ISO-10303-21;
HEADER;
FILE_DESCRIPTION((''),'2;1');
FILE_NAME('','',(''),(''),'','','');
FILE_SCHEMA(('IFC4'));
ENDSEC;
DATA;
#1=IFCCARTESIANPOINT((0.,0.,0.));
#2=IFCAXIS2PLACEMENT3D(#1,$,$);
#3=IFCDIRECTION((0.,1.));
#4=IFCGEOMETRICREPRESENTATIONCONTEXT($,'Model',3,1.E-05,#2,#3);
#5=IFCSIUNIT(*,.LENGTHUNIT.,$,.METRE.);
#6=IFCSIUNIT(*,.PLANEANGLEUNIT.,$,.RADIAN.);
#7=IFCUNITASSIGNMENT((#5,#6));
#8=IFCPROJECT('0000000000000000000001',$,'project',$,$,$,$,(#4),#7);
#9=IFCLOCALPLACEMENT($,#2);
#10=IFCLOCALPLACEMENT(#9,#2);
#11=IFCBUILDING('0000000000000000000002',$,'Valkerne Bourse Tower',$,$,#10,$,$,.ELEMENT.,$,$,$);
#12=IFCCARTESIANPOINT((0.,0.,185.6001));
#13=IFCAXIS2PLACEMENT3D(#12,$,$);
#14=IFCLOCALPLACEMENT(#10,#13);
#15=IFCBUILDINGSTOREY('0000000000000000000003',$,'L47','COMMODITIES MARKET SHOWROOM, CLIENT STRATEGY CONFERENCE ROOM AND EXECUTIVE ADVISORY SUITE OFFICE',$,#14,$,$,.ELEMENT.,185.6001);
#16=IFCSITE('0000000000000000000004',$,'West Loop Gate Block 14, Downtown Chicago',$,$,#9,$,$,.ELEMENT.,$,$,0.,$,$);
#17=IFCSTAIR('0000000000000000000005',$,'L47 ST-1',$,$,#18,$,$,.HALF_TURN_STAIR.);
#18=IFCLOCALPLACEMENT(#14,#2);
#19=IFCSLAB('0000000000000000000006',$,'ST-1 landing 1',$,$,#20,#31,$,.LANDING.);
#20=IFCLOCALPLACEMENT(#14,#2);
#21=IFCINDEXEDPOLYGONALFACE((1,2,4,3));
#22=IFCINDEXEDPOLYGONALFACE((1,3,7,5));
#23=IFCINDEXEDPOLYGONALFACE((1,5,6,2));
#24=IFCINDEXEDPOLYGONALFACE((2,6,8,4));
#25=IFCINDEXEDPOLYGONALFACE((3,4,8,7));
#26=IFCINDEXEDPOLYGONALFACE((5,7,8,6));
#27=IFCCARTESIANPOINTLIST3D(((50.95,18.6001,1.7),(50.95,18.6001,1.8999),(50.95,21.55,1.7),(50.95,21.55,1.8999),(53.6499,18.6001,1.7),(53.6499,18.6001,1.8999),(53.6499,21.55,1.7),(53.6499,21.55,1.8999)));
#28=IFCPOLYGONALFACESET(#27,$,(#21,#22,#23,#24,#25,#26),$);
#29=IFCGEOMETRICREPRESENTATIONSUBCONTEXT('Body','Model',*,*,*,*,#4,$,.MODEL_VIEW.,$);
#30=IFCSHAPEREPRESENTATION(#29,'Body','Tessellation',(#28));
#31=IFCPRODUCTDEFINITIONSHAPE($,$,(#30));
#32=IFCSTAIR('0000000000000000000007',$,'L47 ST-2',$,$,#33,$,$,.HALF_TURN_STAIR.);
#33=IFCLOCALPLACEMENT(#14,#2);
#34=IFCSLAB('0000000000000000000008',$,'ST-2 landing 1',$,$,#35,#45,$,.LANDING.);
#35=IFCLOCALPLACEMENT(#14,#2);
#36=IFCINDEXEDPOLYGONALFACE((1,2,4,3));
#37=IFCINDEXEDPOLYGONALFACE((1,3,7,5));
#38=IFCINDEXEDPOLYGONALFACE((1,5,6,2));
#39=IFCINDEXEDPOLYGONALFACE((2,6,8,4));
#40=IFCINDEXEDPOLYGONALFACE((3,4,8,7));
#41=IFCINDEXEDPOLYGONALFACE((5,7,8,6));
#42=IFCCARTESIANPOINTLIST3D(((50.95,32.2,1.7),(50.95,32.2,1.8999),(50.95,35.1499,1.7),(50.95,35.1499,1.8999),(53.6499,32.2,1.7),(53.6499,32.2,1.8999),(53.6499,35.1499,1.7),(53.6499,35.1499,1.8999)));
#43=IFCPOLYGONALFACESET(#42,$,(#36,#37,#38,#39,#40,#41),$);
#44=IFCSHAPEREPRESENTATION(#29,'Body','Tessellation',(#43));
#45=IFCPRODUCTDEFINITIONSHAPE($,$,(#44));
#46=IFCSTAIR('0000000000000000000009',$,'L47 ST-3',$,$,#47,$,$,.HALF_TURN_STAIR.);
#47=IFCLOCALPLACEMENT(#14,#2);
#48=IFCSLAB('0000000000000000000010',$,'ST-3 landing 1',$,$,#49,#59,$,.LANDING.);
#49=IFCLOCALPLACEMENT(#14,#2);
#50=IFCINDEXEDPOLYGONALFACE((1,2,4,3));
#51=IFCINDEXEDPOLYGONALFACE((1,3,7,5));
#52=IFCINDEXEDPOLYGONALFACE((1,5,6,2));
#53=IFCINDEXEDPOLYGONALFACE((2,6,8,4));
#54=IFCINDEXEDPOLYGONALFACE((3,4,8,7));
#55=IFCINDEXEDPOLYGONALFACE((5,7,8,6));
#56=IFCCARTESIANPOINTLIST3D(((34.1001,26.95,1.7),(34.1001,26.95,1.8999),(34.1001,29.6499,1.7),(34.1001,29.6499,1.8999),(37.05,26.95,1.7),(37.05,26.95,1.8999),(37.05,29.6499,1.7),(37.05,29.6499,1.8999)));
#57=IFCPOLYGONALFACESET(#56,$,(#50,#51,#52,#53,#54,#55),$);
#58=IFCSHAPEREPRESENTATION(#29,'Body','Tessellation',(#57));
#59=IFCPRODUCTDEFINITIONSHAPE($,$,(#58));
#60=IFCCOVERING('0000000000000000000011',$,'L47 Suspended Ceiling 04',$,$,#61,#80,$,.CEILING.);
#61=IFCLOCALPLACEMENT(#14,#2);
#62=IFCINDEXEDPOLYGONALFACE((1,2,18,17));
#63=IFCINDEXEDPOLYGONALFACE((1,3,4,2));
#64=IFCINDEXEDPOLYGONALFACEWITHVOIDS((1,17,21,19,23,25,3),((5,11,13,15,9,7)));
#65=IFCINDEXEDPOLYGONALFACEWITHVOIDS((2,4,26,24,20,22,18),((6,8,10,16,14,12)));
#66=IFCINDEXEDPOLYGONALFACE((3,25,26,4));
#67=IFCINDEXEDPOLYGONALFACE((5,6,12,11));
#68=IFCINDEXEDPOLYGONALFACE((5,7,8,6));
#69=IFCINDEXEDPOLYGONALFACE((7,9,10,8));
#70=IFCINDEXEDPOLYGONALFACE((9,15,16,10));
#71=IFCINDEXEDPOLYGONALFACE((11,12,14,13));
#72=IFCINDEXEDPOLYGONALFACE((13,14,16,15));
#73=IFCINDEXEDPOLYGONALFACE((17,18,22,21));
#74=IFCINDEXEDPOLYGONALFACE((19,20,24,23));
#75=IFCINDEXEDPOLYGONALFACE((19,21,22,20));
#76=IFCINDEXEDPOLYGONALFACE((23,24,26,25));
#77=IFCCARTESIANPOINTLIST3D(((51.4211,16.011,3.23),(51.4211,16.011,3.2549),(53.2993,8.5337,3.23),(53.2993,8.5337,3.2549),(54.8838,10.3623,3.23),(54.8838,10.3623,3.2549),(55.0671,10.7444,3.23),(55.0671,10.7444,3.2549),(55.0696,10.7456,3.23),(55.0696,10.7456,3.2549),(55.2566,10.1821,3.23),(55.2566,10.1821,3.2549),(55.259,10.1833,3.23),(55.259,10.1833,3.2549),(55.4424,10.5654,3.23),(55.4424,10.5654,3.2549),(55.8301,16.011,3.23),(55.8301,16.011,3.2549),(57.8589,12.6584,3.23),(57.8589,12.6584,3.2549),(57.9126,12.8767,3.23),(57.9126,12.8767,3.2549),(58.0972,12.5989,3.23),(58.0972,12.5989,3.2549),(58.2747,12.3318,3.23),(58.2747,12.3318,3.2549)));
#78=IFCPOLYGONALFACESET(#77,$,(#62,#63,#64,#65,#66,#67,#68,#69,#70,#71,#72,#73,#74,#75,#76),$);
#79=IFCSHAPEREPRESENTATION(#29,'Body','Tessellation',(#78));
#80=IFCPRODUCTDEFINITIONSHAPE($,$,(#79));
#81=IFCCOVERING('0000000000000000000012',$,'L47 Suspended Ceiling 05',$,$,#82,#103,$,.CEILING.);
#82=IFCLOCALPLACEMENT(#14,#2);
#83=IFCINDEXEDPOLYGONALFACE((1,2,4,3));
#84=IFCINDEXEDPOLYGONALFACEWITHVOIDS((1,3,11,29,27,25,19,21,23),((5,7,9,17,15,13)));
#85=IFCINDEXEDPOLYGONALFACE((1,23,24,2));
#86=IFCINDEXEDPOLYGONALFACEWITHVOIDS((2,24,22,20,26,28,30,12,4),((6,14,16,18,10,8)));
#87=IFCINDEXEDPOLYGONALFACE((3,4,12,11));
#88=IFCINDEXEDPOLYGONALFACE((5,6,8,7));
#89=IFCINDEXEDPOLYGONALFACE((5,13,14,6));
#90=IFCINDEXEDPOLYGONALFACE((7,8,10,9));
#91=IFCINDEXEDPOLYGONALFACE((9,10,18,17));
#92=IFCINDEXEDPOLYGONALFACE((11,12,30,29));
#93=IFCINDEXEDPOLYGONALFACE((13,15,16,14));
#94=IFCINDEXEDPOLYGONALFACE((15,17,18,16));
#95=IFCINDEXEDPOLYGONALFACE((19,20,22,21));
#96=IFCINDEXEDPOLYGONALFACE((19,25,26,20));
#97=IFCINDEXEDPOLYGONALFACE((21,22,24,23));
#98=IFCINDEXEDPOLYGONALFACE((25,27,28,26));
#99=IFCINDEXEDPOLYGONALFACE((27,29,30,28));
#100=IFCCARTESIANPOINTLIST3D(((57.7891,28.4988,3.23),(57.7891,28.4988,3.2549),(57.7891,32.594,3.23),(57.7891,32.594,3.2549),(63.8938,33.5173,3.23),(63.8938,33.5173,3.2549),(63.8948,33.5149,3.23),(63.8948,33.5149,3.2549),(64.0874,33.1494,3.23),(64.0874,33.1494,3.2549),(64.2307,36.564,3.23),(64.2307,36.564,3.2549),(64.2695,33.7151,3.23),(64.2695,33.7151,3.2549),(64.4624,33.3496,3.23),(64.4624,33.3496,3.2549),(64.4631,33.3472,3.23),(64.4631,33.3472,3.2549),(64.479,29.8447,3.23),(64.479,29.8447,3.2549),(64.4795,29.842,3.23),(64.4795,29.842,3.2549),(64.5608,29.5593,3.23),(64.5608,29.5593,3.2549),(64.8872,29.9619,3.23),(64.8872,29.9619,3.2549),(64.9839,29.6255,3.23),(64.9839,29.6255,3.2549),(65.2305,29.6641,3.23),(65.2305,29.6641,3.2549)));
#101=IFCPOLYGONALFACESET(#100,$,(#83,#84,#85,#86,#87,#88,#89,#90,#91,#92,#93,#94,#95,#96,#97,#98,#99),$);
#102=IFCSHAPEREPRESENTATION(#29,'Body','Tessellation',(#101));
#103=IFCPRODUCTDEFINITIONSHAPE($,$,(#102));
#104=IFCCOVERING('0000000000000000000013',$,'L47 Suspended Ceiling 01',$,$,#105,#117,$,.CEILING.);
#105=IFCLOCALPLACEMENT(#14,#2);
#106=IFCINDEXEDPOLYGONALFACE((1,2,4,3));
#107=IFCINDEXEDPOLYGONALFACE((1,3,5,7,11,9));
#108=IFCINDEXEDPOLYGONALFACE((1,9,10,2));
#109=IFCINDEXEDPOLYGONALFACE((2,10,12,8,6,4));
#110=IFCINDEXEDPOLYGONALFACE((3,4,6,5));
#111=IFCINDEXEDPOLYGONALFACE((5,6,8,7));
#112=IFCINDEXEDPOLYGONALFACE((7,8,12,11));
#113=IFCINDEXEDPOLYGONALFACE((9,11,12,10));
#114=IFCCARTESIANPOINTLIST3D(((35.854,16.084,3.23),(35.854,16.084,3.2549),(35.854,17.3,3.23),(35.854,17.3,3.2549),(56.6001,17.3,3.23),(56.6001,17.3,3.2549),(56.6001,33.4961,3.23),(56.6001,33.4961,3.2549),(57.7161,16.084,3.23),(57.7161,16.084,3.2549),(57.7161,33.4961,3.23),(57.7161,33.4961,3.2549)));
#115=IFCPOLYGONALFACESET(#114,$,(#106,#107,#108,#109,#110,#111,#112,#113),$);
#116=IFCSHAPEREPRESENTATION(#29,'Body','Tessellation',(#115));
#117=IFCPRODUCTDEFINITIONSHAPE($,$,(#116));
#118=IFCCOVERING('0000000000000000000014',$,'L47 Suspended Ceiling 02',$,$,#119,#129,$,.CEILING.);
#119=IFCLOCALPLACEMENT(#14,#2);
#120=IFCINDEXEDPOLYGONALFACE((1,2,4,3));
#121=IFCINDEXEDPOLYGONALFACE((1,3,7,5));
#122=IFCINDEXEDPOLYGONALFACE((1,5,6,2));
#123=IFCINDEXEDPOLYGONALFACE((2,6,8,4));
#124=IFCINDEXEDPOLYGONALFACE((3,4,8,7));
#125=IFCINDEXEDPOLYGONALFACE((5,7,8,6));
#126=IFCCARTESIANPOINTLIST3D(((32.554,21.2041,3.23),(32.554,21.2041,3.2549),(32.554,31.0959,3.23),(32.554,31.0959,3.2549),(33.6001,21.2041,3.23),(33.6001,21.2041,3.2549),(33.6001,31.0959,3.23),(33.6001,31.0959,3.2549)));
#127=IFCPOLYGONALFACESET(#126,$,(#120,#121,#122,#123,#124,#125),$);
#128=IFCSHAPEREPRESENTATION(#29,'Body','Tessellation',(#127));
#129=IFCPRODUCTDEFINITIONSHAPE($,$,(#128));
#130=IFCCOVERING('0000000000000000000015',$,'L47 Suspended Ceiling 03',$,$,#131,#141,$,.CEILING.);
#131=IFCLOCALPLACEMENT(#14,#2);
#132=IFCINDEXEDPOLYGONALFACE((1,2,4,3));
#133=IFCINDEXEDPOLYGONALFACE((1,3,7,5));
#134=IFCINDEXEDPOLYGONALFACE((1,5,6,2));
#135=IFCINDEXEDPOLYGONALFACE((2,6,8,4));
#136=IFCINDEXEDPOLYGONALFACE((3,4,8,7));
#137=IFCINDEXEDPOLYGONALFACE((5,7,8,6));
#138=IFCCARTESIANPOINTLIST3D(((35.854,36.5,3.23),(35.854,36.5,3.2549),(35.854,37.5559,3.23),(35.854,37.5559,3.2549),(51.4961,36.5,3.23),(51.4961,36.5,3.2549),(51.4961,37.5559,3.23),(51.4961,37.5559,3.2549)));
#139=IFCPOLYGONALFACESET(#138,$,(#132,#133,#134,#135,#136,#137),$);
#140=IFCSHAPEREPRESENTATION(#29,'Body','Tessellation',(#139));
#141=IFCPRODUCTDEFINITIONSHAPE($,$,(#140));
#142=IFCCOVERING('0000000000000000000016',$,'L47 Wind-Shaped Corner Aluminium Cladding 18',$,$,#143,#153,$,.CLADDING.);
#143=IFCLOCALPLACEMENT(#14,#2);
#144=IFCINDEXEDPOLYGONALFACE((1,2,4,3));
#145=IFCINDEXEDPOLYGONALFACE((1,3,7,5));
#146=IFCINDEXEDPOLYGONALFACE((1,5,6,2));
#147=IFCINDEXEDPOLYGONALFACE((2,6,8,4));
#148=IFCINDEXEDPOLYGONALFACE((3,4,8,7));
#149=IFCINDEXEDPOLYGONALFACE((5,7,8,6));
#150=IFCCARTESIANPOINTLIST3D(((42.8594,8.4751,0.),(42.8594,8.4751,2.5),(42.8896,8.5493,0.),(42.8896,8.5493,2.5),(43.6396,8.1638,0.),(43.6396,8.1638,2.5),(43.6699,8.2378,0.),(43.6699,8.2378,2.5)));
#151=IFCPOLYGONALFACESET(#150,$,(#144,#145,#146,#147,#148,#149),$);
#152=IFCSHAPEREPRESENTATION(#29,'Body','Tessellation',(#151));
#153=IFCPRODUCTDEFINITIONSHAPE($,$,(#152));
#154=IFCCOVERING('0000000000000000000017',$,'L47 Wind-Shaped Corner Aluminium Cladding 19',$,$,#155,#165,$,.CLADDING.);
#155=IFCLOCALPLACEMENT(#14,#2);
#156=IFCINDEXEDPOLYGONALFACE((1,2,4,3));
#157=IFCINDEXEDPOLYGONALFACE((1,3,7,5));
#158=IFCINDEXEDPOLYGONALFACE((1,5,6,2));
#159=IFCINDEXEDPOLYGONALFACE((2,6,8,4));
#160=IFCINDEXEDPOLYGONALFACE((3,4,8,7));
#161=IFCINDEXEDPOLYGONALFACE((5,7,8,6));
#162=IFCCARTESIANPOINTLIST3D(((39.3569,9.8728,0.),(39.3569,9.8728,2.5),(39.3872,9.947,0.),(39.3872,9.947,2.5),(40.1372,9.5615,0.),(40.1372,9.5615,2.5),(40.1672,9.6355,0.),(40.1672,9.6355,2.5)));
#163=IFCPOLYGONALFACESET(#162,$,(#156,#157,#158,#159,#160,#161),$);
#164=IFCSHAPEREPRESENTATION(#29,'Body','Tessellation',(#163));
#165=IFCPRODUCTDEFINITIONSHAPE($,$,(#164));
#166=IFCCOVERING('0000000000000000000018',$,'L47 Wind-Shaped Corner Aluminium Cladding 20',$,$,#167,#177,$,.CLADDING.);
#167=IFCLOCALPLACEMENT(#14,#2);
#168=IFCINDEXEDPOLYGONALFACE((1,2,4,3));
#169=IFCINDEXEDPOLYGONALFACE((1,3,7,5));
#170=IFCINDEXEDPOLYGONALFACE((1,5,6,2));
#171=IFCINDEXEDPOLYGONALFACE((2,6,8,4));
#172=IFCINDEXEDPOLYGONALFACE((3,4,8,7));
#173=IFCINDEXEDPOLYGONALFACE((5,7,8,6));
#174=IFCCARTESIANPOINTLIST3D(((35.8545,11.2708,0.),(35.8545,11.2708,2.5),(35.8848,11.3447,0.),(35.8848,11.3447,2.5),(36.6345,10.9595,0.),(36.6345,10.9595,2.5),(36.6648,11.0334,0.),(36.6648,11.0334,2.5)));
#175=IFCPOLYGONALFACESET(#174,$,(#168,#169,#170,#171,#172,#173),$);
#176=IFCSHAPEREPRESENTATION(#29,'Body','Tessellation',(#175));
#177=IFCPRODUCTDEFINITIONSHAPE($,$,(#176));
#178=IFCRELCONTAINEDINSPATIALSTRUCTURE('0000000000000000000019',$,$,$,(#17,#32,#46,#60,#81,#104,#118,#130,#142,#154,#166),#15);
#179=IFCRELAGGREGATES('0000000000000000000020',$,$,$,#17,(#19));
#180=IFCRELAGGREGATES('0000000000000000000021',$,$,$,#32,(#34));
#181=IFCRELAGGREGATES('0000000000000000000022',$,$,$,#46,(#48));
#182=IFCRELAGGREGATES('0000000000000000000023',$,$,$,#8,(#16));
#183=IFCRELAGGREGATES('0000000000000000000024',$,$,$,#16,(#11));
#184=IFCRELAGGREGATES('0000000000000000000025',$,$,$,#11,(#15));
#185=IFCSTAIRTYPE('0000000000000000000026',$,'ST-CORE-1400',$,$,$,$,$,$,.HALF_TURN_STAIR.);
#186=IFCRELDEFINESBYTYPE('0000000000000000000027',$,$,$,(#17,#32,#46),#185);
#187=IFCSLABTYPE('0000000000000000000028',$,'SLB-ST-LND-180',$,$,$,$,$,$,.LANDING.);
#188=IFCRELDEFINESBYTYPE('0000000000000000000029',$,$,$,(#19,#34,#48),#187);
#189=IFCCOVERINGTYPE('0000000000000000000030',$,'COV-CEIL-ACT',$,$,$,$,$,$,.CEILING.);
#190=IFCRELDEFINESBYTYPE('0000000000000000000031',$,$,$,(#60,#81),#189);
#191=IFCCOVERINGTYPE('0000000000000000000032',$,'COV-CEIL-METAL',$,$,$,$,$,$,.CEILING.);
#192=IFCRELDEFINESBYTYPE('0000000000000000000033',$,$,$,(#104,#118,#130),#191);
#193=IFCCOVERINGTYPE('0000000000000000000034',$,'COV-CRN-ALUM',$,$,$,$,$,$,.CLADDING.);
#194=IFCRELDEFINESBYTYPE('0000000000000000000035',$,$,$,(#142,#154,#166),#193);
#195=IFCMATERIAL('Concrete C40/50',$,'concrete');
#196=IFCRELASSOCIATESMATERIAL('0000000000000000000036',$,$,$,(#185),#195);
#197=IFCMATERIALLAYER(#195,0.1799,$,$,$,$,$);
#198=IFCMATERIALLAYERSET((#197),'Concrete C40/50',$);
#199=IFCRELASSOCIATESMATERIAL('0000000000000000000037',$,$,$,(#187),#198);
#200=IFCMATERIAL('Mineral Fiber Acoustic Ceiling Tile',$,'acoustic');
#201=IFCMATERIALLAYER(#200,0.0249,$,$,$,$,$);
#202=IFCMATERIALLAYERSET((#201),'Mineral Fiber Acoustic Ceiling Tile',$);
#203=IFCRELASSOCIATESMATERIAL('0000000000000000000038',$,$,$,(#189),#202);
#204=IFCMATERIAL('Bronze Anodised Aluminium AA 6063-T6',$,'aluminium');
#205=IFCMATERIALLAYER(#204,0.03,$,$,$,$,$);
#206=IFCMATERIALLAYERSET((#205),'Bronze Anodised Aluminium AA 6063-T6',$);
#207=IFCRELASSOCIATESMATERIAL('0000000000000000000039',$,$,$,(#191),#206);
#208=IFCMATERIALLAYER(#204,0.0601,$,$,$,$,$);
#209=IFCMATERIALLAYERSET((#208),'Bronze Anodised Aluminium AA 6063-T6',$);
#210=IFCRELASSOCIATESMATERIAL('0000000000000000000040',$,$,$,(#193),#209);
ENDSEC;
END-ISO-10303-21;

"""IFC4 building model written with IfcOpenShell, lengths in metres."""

from ifc_helpers import new_model, si_unit, direction, frame, origin, place, context, subcontext, project, spatial, polyline, outline, extrude, material, layer, layer_set, type_object, element, aggregate, save


model = new_model("IFC4")

# Units and contexts
model_context = context("Model", 3, precision=1e-05, world=origin(), true_north=direction((0.0, 1.0)))
body_context = subcontext(model_context, "Body", "Model", "MODEL_VIEW")
ifc_project = project(units=[si_unit("LENGTHUNIT", "METRE"), si_unit("PLANEANGLEUNIT", "RADIAN")], contexts=[model_context])

# Site, building, storey
site_placement = place(None, origin())
site = spatial("IfcSite", under=ifc_project, at=site_placement, Name="West Loop Gate Block 14, Downtown Chicago", CompositionType="ELEMENT", RefElevation=0.0)
building_placement = place(site_placement, origin())
building = spatial("IfcBuilding", under=site, at=building_placement, Name="Valkerne Bourse Tower", CompositionType="ELEMENT")
storey_placement = place(building_placement, frame((0.0, 0.0, 185.6001)))
storey = spatial("IfcBuildingStorey", under=building, at=storey_placement, Name="L47", Description="COMMODITIES MARKET SHOWROOM, CLIENT STRATEGY CONFERENCE ROOM AND EXECUTIVE ADVISORY SUITE OFFICE", CompositionType="ELEMENT", Elevation=185.6001)

# Stairs, slabs
ifc_material_1 = material(Name="Concrete C40/50", Category="concrete")
stair_type = type_object("IfcStairType", Name="ST-CORE-1400", PredefinedType="HALF_TURN_STAIR", material=ifc_material_1)
stair_1_placement = place(storey_placement, origin())
stair_1 = element("IfcStair", 1, at=stair_1_placement, inside=storey, type_object=stair_type, Name="L47 ST-1", PredefinedType="HALF_TURN_STAIR")
ifc_layer_1 = layer(ifc_material_1, 0.1799)
ifc_layer_set_1 = layer_set([ifc_layer_1], Name="Concrete C40/50")
slab_type = type_object("IfcSlabType", Name="SLB-ST-LND-180", PredefinedType="LANDING", material=ifc_layer_set_1)
slab_1_placement = place(storey_placement, frame((0.0, 0.0, 1.7)))
slab_1 = element("IfcSlab", 2, at=slab_1_placement, type_object=slab_type, Name="ST-1 landing 1", PredefinedType="LANDING", context=body_context, shape_type="SweptSolid", body=[
    extrude(outline(polyline([(50.95, 18.6001), (53.6499, 18.6001), (53.6499, 21.55), (50.95, 21.55), (50.95, 18.6001)])), origin(), (0.0, 0.0, 1.0), 0.2),
])
aggregate(stair_1, [slab_1])
stair_2_placement = place(storey_placement, origin())
stair_2 = element("IfcStair", 3, at=stair_2_placement, inside=storey, type_object=stair_type, Name="L47 ST-2", PredefinedType="HALF_TURN_STAIR")
slab_2_placement = place(storey_placement, frame((0.0, 0.0, 1.7)))
slab_2 = element("IfcSlab", 4, at=slab_2_placement, type_object=slab_type, Name="ST-2 landing 1", PredefinedType="LANDING", context=body_context, shape_type="SweptSolid", body=[
    extrude(outline(polyline([(50.95, 32.2), (53.6499, 32.2), (53.6499, 35.1499), (50.95, 35.1499), (50.95, 32.2)])), origin(), (0.0, 0.0, 1.0), 0.2),
])
aggregate(stair_2, [slab_2])
stair_3_placement = place(storey_placement, origin())
stair_3 = element("IfcStair", 5, at=stair_3_placement, inside=storey, type_object=stair_type, Name="L47 ST-3", PredefinedType="HALF_TURN_STAIR")
slab_3_placement = place(storey_placement, frame((0.0, 0.0, 1.7)))
slab_3 = element("IfcSlab", 6, at=slab_3_placement, type_object=slab_type, Name="ST-3 landing 1", PredefinedType="LANDING", context=body_context, shape_type="SweptSolid", body=[
    extrude(outline(polyline([(37.05, 26.95), (37.05, 29.6499), (34.1001, 29.6499), (34.1001, 26.95), (37.05, 26.95)])), origin(), (0.0, 0.0, 1.0), 0.2),
])
aggregate(stair_3, [slab_3])

# Coverings
ifc_material_2 = material(Name="Mineral Fiber Acoustic Ceiling Tile", Category="acoustic")
ifc_layer_2 = layer(ifc_material_2, 0.0249)
ifc_layer_set_2 = layer_set([ifc_layer_2], Name="Mineral Fiber Acoustic Ceiling Tile")
covering_type_1 = type_object("IfcCoveringType", Name="COV-CEIL-ACT", PredefinedType="CEILING", material=ifc_layer_set_2)
covering_1_placement = place(storey_placement, frame((0.0, 0.0, 3.23)))
element("IfcCovering", 7, at=covering_1_placement, inside=storey, type_object=covering_type_1, Name="L47 Suspended Ceiling 04", PredefinedType="CEILING", context=body_context, shape_type="SweptSolid", body=[
    extrude(outline(polyline([(55.8301, 16.011), (57.9126, 12.8767), (57.8589, 12.6584), (58.0972, 12.5989), (58.2747, 12.3318), (53.2993, 8.5337), (51.4211, 16.011), (55.8301, 16.011)]), holes=[polyline([(55.259, 10.1833), (55.4424, 10.5654), (55.0696, 10.7456), (55.0671, 10.7444), (54.8838, 10.3623), (55.2566, 10.1821), (55.259, 10.1833)])]), origin(), (0.0, 0.0, 1.0), 0.0249),
])
covering_2_placement = place(storey_placement, frame((0.0, 0.0, 3.23)))
element("IfcCovering", 8, at=covering_2_placement, inside=storey, type_object=covering_type_1, Name="L47 Suspended Ceiling 05", PredefinedType="CEILING", context=body_context, shape_type="SweptSolid", body=[
    extrude(outline(polyline([(57.7891, 32.594), (64.2307, 36.564), (65.2305, 29.6641), (64.9839, 29.6255), (64.8872, 29.9619), (64.479, 29.8447), (64.4795, 29.842), (64.5608, 29.5593), (57.7891, 28.4988), (57.7891, 32.594)]), holes=[polyline([(64.4631, 33.3472), (64.4624, 33.3496), (64.2695, 33.7151), (63.8938, 33.5173), (63.8948, 33.5149), (64.0874, 33.1494), (64.4631, 33.3472)])]), origin(), (0.0, 0.0, 1.0), 0.0249),
])
ifc_material_3 = material(Name="Bronze Anodised Aluminium AA 6063-T6", Category="aluminium")
ifc_layer_3 = layer(ifc_material_3, 0.03)
ifc_layer_set_3 = layer_set([ifc_layer_3], Name="Bronze Anodised Aluminium AA 6063-T6")
covering_type_2 = type_object("IfcCoveringType", Name="COV-CEIL-METAL", PredefinedType="CEILING", material=ifc_layer_set_3)
covering_3_placement = place(storey_placement, frame((0.0, 0.0, 3.23)))
element("IfcCovering", 9, at=covering_3_placement, inside=storey, type_object=covering_type_2, Name="L47 Suspended Ceiling 01", PredefinedType="CEILING", context=body_context, shape_type="SweptSolid", body=[
    extrude(outline(polyline([(35.854, 17.3), (56.6001, 17.3), (56.6001, 33.4961), (57.7161, 33.4961), (57.7161, 16.084), (35.854, 16.084), (35.854, 17.3)])), origin(), (0.0, 0.0, 1.0), 0.0249),
])
covering_4_placement = place(storey_placement, frame((0.0, 0.0, 3.23)))
element("IfcCovering", 10, at=covering_4_placement, inside=storey, type_object=covering_type_2, Name="L47 Suspended Ceiling 02", PredefinedType="CEILING", context=body_context, shape_type="SweptSolid", body=[
    extrude(outline(polyline([(32.554, 21.2041), (32.554, 31.0959), (33.6001, 31.0959), (33.6001, 21.2041), (32.554, 21.2041)])), origin(), (0.0, 0.0, 1.0), 0.0249),
])
covering_5_placement = place(storey_placement, frame((0.0, 0.0, 3.23)))
element("IfcCovering", 11, at=covering_5_placement, inside=storey, type_object=covering_type_2, Name="L47 Suspended Ceiling 03", PredefinedType="CEILING", context=body_context, shape_type="SweptSolid", body=[
    extrude(outline(polyline([(35.854, 37.5559), (51.4961, 37.5559), (51.4961, 36.5), (35.854, 36.5), (35.854, 37.5559)])), origin(), (0.0, 0.0, 1.0), 0.0249),
])
ifc_layer_4 = layer(ifc_material_3, 0.0601)
ifc_layer_set_4 = layer_set([ifc_layer_4], Name="Bronze Anodised Aluminium AA 6063-T6")
covering_type_3 = type_object("IfcCoveringType", Name="COV-CRN-ALUM", PredefinedType="CLADDING", material=ifc_layer_set_4)
covering_6_placement = place(storey_placement, origin())
element("IfcCovering", 12, at=covering_6_placement, inside=storey, type_object=covering_type_3, Name="L47 Wind-Shaped Corner Aluminium Cladding 18", PredefinedType="CLADDING", context=body_context, shape_type="SweptSolid", body=[
    extrude(outline(polyline([(42.8594, 8.4751), (42.8896, 8.5493), (43.6699, 8.2378), (43.6396, 8.1638), (42.8594, 8.4751)])), origin(), (0.0, 0.0, 1.0), 2.5),
])
covering_7_placement = place(storey_placement, origin())
element("IfcCovering", 13, at=covering_7_placement, inside=storey, type_object=covering_type_3, Name="L47 Wind-Shaped Corner Aluminium Cladding 19", PredefinedType="CLADDING", context=body_context, shape_type="SweptSolid", body=[
    extrude(outline(polyline([(39.3569, 9.8728), (39.3872, 9.947), (40.1672, 9.6355), (40.1372, 9.5615), (39.3569, 9.8728)])), origin(), (0.0, 0.0, 1.0), 2.5),
])
covering_8_placement = place(storey_placement, origin())
element("IfcCovering", 14, at=covering_8_placement, inside=storey, type_object=covering_type_3, Name="L47 Wind-Shaped Corner Aluminium Cladding 20", PredefinedType="CLADDING", context=body_context, shape_type="SweptSolid", body=[
    extrude(outline(polyline([(35.8545, 11.2708), (35.8848, 11.3447), (36.6648, 11.0334), (36.6345, 10.9595), (35.8545, 11.2708)])), origin(), (0.0, 0.0, 1.0), 2.5),
])

save(model, "model.ifc")
